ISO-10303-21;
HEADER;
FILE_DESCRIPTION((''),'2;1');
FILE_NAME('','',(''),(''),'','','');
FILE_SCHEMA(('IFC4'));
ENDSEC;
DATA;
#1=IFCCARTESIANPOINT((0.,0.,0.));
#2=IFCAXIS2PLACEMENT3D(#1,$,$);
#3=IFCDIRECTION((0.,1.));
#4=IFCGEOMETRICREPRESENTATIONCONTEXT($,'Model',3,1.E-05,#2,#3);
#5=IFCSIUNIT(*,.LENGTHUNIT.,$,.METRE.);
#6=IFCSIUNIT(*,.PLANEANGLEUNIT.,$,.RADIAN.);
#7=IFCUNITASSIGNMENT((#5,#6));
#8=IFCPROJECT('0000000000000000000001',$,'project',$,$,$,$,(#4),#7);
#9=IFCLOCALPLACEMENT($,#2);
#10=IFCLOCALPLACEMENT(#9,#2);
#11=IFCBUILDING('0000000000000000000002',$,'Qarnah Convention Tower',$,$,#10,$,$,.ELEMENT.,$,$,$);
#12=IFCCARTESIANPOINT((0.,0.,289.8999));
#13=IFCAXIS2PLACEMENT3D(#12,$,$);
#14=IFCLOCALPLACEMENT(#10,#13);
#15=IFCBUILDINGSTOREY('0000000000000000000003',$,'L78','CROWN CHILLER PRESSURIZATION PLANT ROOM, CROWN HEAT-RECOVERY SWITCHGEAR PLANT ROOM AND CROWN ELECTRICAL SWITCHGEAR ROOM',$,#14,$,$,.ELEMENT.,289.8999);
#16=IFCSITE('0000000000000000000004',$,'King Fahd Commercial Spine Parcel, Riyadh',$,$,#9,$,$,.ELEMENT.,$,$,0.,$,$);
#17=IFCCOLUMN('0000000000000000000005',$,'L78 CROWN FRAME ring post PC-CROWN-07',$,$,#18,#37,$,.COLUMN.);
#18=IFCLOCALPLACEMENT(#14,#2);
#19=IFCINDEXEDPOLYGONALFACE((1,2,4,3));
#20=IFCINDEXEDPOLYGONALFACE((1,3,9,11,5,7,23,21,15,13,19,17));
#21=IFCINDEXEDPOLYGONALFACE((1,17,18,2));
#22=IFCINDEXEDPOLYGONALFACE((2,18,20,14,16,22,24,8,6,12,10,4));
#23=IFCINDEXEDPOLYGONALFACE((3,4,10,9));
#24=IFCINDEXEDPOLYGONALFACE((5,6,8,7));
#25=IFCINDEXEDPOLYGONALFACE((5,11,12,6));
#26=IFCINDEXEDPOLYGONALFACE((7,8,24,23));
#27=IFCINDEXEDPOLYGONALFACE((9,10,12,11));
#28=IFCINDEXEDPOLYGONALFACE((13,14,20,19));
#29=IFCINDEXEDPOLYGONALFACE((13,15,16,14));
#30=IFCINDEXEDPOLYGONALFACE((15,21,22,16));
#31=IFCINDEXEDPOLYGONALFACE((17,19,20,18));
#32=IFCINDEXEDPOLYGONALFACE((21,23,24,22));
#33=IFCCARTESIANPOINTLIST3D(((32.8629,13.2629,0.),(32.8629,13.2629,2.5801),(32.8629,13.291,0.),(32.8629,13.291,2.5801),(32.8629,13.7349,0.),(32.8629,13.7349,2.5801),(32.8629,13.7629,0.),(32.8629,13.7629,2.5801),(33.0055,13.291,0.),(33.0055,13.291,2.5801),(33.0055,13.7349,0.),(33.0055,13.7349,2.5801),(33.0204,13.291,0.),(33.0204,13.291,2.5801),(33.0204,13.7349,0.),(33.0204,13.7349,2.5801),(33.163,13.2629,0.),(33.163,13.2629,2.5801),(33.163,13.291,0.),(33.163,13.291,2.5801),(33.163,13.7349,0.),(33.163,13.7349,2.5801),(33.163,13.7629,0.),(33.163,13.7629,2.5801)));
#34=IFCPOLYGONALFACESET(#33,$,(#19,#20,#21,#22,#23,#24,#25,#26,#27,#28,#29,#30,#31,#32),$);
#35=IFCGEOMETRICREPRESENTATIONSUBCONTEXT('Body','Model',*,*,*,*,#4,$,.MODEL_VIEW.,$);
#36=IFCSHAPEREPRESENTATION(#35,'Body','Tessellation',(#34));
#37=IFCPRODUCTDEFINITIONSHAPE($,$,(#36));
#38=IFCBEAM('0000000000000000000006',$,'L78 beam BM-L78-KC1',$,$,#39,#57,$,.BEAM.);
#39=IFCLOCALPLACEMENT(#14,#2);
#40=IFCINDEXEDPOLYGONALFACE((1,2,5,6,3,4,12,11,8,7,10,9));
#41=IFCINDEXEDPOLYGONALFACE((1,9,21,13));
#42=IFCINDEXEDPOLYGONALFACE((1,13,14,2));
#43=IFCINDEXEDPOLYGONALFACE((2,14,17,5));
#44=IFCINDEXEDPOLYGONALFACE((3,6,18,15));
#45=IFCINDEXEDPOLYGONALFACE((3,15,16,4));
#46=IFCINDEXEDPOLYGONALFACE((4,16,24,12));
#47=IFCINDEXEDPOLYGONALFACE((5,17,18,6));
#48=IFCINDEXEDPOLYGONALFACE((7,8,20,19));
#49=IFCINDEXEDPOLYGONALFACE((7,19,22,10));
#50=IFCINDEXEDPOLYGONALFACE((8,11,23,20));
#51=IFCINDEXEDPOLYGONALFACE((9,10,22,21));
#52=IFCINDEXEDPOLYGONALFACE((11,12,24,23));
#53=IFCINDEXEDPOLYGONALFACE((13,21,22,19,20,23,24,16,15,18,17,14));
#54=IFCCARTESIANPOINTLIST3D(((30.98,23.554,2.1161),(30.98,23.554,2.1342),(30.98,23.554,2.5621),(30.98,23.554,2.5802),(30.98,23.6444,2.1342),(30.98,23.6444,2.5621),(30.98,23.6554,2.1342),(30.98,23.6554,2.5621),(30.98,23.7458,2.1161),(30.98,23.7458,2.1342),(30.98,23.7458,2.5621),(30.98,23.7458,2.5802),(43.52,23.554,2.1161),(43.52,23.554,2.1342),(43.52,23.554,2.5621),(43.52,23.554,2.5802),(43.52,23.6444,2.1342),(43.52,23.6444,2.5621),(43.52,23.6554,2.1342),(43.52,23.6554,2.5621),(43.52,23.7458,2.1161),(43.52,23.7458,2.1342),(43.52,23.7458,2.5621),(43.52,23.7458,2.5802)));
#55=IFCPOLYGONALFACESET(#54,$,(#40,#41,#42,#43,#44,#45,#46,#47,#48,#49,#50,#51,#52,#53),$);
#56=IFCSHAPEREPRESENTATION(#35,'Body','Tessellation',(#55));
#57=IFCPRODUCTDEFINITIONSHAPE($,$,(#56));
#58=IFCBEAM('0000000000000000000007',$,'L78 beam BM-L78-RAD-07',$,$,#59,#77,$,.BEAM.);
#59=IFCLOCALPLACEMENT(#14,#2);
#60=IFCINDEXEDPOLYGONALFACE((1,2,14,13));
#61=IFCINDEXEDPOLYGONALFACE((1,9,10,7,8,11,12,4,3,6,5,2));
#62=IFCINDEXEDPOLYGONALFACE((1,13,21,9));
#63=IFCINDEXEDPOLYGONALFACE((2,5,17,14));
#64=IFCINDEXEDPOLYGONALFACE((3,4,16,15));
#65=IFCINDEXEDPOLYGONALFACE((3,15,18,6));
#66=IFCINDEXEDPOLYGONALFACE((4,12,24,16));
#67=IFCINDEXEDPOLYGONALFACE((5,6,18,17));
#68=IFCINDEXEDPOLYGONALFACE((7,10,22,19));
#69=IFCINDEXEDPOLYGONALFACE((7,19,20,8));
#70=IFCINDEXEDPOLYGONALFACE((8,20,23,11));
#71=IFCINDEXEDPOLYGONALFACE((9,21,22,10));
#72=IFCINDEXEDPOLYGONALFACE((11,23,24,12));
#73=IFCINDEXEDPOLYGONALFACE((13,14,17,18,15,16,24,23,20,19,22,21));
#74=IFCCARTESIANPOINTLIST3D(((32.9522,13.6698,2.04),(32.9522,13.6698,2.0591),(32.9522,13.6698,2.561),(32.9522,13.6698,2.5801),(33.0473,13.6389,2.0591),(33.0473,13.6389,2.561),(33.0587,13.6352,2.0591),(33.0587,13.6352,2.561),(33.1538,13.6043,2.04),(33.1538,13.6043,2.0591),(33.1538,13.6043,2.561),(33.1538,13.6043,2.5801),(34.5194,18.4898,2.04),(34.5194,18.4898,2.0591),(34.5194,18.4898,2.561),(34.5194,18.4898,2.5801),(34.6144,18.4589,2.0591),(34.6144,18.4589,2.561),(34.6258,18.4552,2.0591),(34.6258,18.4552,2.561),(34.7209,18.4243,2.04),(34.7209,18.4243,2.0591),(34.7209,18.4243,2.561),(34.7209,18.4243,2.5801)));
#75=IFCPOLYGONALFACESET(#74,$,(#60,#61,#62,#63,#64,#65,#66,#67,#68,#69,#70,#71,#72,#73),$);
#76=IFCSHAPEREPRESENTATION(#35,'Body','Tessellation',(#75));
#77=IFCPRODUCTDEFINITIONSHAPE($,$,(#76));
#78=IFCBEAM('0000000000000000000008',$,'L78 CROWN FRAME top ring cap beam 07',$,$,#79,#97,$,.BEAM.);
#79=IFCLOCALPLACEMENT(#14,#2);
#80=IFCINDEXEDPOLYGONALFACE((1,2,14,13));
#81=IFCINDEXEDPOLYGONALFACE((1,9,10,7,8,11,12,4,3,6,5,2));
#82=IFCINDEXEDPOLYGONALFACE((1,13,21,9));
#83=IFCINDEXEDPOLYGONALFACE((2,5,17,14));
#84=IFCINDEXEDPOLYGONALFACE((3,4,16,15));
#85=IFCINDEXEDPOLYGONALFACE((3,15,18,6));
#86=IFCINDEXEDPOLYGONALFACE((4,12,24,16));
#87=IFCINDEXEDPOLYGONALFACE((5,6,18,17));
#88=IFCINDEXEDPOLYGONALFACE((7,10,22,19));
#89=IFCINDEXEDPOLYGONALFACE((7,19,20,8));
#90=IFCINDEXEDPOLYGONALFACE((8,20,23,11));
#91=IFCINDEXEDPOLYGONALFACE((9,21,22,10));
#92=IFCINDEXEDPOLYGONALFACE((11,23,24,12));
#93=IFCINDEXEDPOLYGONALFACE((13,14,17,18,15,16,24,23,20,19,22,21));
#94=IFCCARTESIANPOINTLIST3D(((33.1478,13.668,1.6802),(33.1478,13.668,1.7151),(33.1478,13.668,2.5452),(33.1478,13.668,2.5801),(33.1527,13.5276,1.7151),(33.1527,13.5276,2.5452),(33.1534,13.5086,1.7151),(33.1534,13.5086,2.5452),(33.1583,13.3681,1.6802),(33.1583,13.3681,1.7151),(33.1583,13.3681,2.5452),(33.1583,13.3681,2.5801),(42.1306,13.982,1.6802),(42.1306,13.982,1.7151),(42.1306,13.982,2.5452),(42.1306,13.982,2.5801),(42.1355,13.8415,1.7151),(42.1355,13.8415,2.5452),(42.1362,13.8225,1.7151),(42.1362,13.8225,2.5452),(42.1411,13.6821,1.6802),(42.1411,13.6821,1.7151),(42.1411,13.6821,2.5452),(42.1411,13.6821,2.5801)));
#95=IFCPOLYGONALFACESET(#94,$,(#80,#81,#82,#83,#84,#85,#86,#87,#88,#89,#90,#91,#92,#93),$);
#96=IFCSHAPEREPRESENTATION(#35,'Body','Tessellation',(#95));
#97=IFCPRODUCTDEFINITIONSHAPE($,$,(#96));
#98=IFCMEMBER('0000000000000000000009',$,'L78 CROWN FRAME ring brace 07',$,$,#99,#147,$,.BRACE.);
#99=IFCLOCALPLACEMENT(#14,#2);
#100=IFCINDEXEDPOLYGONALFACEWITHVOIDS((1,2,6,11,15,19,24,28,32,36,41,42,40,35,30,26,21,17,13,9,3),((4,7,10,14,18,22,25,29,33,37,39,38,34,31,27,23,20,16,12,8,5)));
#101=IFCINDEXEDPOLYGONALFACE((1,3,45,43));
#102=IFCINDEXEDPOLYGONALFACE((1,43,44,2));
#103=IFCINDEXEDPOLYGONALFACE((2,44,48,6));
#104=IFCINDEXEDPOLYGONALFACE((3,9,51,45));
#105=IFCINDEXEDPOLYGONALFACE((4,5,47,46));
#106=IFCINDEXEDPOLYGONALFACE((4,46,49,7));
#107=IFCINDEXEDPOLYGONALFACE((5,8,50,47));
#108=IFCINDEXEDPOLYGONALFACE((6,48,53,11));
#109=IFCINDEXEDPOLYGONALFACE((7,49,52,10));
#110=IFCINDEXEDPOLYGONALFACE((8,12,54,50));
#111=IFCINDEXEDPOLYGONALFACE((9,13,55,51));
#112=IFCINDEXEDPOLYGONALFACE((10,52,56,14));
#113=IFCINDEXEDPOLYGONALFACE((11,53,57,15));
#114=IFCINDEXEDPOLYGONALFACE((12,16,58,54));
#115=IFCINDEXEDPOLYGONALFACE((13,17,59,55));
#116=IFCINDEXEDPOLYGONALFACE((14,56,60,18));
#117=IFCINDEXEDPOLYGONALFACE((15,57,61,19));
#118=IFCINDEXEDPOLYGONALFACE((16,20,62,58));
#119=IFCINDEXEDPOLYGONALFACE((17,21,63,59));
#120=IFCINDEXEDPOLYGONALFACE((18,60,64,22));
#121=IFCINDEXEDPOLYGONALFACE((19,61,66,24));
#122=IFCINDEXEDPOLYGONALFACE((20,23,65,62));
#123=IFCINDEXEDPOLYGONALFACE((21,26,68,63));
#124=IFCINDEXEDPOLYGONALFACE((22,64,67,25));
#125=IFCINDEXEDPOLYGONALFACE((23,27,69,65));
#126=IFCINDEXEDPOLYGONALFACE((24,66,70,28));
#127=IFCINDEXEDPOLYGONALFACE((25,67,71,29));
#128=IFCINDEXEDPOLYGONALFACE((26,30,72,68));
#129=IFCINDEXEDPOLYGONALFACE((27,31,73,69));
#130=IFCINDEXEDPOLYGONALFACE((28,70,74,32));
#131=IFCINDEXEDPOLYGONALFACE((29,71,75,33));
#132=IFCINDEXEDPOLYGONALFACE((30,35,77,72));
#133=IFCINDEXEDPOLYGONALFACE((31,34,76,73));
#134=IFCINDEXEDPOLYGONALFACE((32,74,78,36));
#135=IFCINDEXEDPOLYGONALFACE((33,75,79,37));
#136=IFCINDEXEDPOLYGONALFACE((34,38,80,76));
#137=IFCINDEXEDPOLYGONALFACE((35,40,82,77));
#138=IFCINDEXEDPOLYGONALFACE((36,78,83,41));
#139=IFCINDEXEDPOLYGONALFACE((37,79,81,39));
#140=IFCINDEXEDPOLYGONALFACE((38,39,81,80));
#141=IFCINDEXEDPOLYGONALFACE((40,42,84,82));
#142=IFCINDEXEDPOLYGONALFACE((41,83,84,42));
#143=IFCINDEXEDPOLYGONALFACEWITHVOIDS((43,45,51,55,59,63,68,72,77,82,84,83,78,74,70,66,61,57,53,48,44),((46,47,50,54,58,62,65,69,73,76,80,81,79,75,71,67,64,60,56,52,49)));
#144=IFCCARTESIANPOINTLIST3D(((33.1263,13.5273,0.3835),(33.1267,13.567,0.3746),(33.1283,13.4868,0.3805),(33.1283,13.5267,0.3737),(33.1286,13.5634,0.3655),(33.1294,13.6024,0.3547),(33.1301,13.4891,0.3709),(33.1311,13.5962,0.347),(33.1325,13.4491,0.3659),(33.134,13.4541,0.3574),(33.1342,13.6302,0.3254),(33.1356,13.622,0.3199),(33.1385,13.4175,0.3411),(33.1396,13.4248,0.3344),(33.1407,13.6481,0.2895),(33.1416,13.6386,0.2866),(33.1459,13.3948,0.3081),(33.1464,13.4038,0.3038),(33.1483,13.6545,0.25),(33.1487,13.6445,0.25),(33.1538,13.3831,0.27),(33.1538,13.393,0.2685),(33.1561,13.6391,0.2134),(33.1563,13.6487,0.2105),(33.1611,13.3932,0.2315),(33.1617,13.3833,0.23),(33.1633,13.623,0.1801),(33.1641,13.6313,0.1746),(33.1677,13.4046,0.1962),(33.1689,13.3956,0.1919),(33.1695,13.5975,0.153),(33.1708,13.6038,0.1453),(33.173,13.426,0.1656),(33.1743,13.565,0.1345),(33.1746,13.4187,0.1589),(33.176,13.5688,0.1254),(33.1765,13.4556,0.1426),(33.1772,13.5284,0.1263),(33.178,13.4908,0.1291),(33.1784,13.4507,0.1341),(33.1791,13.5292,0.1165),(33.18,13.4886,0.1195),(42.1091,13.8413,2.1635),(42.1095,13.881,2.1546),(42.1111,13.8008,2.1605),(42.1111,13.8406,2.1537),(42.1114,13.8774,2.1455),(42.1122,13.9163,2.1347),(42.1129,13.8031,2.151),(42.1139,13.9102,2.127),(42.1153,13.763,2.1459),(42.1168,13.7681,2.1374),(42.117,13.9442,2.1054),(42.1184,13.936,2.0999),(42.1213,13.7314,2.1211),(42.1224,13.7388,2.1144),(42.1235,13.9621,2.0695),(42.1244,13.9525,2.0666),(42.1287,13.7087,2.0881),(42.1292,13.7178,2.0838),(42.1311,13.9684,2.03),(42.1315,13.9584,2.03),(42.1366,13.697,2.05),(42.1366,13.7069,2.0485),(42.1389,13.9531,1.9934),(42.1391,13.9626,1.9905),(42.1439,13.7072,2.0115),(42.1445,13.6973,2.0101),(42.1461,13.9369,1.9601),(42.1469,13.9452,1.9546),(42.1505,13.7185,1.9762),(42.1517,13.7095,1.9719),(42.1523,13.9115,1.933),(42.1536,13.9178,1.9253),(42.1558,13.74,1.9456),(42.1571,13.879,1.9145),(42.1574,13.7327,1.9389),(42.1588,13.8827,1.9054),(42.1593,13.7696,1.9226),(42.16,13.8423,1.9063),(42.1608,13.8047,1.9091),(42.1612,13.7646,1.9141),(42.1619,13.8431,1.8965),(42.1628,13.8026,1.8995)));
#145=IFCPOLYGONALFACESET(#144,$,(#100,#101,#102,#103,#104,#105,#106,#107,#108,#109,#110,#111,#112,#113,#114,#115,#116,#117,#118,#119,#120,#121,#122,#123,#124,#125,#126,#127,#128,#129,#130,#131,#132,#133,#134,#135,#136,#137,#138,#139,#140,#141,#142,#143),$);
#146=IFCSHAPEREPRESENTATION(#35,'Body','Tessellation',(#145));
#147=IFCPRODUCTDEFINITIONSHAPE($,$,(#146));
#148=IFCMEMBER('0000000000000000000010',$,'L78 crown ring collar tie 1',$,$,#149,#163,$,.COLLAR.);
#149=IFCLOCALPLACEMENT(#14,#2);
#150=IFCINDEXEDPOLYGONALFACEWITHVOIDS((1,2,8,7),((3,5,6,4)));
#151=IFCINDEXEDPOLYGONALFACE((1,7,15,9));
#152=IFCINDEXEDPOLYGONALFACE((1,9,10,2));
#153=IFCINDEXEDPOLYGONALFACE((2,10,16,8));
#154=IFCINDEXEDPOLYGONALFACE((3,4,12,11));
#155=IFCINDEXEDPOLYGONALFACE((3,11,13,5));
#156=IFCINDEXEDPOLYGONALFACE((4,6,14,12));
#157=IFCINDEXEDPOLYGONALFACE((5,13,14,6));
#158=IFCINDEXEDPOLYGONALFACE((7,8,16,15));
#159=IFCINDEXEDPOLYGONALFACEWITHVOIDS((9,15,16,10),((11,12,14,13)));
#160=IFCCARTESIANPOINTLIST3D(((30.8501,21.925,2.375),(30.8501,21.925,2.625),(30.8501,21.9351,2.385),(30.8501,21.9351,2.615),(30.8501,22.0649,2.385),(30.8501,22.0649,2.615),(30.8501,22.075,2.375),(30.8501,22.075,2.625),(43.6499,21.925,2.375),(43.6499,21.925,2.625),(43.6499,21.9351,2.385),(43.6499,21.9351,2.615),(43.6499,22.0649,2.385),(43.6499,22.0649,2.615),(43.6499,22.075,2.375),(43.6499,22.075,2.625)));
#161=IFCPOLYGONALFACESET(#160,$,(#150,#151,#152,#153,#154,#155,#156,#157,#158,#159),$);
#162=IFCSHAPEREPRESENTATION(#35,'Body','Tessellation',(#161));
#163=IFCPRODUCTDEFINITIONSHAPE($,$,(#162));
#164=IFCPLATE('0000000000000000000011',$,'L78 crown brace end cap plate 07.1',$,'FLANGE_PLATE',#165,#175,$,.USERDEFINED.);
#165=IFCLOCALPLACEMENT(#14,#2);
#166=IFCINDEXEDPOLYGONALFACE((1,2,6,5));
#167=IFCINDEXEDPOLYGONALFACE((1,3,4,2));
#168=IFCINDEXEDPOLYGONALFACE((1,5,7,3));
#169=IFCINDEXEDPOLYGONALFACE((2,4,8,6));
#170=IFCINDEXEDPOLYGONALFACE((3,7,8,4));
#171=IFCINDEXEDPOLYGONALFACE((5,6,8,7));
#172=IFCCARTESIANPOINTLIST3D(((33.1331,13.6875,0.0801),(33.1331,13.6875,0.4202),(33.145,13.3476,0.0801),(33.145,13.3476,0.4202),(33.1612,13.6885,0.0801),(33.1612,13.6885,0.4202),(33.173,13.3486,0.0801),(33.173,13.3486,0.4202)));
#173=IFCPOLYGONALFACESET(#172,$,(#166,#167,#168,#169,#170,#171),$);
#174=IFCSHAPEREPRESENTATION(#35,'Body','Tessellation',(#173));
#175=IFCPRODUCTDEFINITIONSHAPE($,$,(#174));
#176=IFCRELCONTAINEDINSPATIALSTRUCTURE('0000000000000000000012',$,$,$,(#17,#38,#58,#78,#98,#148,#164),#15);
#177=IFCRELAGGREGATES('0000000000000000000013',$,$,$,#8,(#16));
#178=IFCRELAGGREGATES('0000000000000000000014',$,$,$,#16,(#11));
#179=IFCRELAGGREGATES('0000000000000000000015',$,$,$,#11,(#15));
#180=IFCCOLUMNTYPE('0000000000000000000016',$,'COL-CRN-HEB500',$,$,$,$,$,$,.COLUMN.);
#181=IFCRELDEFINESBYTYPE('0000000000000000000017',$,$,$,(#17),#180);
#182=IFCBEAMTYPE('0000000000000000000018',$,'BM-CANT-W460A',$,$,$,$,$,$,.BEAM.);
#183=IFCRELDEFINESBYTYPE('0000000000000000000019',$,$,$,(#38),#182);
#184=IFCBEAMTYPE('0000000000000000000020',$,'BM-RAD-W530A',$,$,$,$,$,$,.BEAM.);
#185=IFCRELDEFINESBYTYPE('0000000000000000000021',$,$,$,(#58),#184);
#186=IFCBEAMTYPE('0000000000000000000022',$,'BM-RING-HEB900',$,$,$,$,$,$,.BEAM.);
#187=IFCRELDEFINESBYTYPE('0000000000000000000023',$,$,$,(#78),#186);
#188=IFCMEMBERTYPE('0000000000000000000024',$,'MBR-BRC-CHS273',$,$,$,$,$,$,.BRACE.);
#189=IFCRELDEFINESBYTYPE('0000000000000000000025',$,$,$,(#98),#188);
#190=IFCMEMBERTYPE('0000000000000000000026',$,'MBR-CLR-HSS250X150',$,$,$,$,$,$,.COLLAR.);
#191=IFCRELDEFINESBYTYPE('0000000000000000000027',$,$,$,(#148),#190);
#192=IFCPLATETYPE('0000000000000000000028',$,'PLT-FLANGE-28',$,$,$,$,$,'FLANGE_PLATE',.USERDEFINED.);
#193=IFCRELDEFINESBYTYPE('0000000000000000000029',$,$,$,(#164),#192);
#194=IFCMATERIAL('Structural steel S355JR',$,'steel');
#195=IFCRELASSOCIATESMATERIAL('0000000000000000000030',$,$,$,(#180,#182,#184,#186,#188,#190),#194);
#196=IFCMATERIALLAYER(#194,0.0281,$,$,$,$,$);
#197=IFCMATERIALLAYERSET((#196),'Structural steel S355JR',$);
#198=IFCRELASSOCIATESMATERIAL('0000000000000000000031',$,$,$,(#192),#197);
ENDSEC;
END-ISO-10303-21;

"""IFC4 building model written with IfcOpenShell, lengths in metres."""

from ifc_helpers import new_model, si_unit, direction, frame, origin, origin_2d, place, context, subcontext, project, spatial, rectangle, hollow_rectangle, hollow_circle, i_section, extrude, material, layer, layer_set, material_profile, profile_set, type_object, element, save


model = new_model("IFC4")

# Units and contexts
model_context = context("Model", 3, precision=1e-05, world=origin(), true_north=direction((0.0, 1.0)))
body_context = subcontext(model_context, "Body", "Model", "MODEL_VIEW")
ifc_project = project(units=[si_unit("LENGTHUNIT", "METRE"), si_unit("PLANEANGLEUNIT", "RADIAN")], contexts=[model_context])

# Site, building, storey
site_placement = place(None, origin())
site = spatial("IfcSite", under=ifc_project, at=site_placement, Name="King Fahd Commercial Spine Parcel, Riyadh", CompositionType="ELEMENT", RefElevation=0.0)
building_placement = place(site_placement, origin())
building = spatial("IfcBuilding", under=site, at=building_placement, Name="Qarnah Convention Tower", CompositionType="ELEMENT")
storey_placement = place(building_placement, frame((0.0, 0.0, 289.8999)))
storey = spatial("IfcBuildingStorey", under=building, at=storey_placement, Name="L78", Description="CROWN CHILLER PRESSURIZATION PLANT ROOM, CROWN HEAT-RECOVERY SWITCHGEAR PLANT ROOM AND CROWN ELECTRICAL SWITCHGEAR ROOM", CompositionType="ELEMENT", Elevation=289.8999)

# Column
ifc_material_1 = material(Name="Structural steel S355JR", Category="steel")
ifc_material_profile_1 = material_profile(ifc_material_1, i_section(OverallWidth=0.3, OverallDepth=0.5, WebThickness=0.0149, FlangeThickness=0.0281, at=origin_2d()), Name="HEB500")
ifc_profile_set_1 = profile_set([ifc_material_profile_1], Name="Structural steel S355JR")
column_type = type_object("IfcColumnType", Name="COL-CRN-HEB500", PredefinedType="COLUMN", material=ifc_profile_set_1)
column_placement = place(storey_placement, frame((33.0129, 13.5129, 0.0), z_axis=(0.0, 0.0, 1.0), x_axis=(1.0, 0.0, 0.0)))
element("IfcColumn", 1, at=column_placement, inside=storey, type_object=column_type, Name="L78 CROWN FRAME ring post PC-CROWN-07", PredefinedType="COLUMN", context=body_context, shape_type="SweptSolid", body=[
    extrude(i_section(OverallWidth=0.3, OverallDepth=0.5, WebThickness=0.0149, FlangeThickness=0.0281, at=origin_2d()), origin(), (0.0, 0.0, 1.0), 2.5801),
])

# Beams
ifc_material_profile_2 = material_profile(ifc_material_1, i_section(OverallWidth=0.1919, OverallDepth=0.4641, WebThickness=0.011, FlangeThickness=0.0181, at=origin_2d()), Name="W460X89")
ifc_profile_set_2 = profile_set([ifc_material_profile_2], Name="Structural steel S355JR")
beam_type_1 = type_object("IfcBeamType", Name="BM-CANT-W460A", PredefinedType="BEAM", material=ifc_profile_set_2)
beam_1_placement = place(storey_placement, frame((30.98, 23.6499, 2.3481), z_axis=(1.0, 0.0, 0.0), x_axis=(0.0, 1.0, 0.0)))
element("IfcBeam", 2, at=beam_1_placement, inside=storey, type_object=beam_type_1, Name="L78 beam BM-L78-KC1", PredefinedType="BEAM", context=body_context, shape_type="SweptSolid", body=[
    extrude(i_section(OverallWidth=0.1919, OverallDepth=0.4641, WebThickness=0.011, FlangeThickness=0.0181, at=origin_2d()), origin(), (0.0, 0.0, 1.0), 12.54),
])
ifc_material_profile_3 = material_profile(ifc_material_1, i_section(OverallWidth=0.2119, OverallDepth=0.54, WebThickness=0.012, FlangeThickness=0.019, at=origin_2d()), Name="W530X109")
ifc_profile_set_3 = profile_set([ifc_material_profile_3], Name="Structural steel S355JR")
beam_type_2 = type_object("IfcBeamType", Name="BM-RAD-W530A", PredefinedType="BEAM", material=ifc_profile_set_3)
beam_2_placement = place(storey_placement, frame((34.6201, 18.457, 2.3101), z_axis=(-0.309196, -0.950998, 0.0), x_axis=(0.950998, -0.309196, 0.0)))
element("IfcBeam", 3, at=beam_2_placement, inside=storey, type_object=beam_type_2, Name="L78 beam BM-L78-RAD-07", PredefinedType="BEAM", context=body_context, shape_type="SweptSolid", body=[
    extrude(i_section(OverallWidth=0.2119, OverallDepth=0.54, WebThickness=0.012, FlangeThickness=0.019, at=origin_2d()), origin(), (0.0, 0.0, 1.0), 5.0684),
])
ifc_material_profile_4 = material_profile(ifc_material_1, i_section(OverallWidth=0.3, OverallDepth=0.8999, WebThickness=0.019, FlangeThickness=0.0349, at=origin_2d()), Name="HEB900")
ifc_profile_set_4 = profile_set([ifc_material_profile_4], Name="Structural steel S355JR")
beam_type_3 = type_object("IfcBeamType", Name="BM-RING-HEB900", PredefinedType="BEAM", material=ifc_profile_set_4)
beam_3_placement = place(storey_placement, frame((33.1531, 13.5181, 2.1301), z_axis=(0.99939, 0.03493, 0.0), x_axis=(-0.03493, 0.99939, 0.0)))
element("IfcBeam", 4, at=beam_3_placement, inside=storey, type_object=beam_type_3, Name="L78 CROWN FRAME top ring cap beam 07", PredefinedType="BEAM", context=body_context, shape_type="SweptSolid", body=[
    extrude(i_section(OverallWidth=0.3, OverallDepth=0.8999, WebThickness=0.019, FlangeThickness=0.0349, at=origin_2d()), origin(), (0.0, 0.0, 1.0), 8.9883),
])

# Members
ifc_material_profile_5 = material_profile(ifc_material_1, hollow_circle(Radius=0.1365, WallThickness=0.01, at=origin_2d()), Name="CHS273X10")
ifc_profile_set_5 = profile_set([ifc_material_profile_5], Name="Structural steel S355JR")
member_type_1 = type_object("IfcMemberType", Name="MBR-BRC-CHS273", PredefinedType="BRACE", material=ifc_profile_set_5)
member_1_placement = place(storey_placement, frame((33.1531, 13.5181, 0.25), z_axis=(0.980351, 0.034265, 0.194264), x_axis=(-0.03493, 0.99939, 0.0)))
element("IfcMember", 5, at=member_1_placement, inside=storey, type_object=member_type_1, Name="L78 CROWN FRAME ring brace 07", PredefinedType="BRACE", context=body_context, shape_type="SweptSolid", body=[
    extrude(hollow_circle(Radius=0.1365, WallThickness=0.01, at=origin_2d()), origin(), (0.0, 0.0, 1.0), 9.1628),
])
ifc_material_profile_6 = material_profile(ifc_material_1, hollow_rectangle(XDim=0.1499, YDim=0.25, WallThickness=0.01, at=origin_2d()), Name="HSS250X150X10")
ifc_profile_set_6 = profile_set([ifc_material_profile_6], Name="Structural steel S355JR")
member_type_2 = type_object("IfcMemberType", Name="MBR-CLR-HSS250X150", PredefinedType="COLLAR", material=ifc_profile_set_6)
member_2_placement = place(storey_placement, frame((30.8501, 22.0, 2.5), z_axis=(1.0, 0.0, 0.0), x_axis=(0.0, 1.0, 0.0)))
element("IfcMember", 6, at=member_2_placement, inside=storey, type_object=member_type_2, Name="L78 crown ring collar tie 1", PredefinedType="COLLAR", context=body_context, shape_type="SweptSolid", body=[
    extrude(hollow_rectangle(XDim=0.1499, YDim=0.25, WallThickness=0.01, at=origin_2d()), origin(), (0.0, 0.0, 1.0), 12.7998),
])

# Plate
ifc_layer_1 = layer(ifc_material_1, 0.0281)
ifc_layer_set_1 = layer_set([ifc_layer_1], Name="Structural steel S355JR")
plate_type = type_object("IfcPlateType", Name="PLT-FLANGE-28", ElementType="FLANGE_PLATE", PredefinedType="USERDEFINED", material=ifc_layer_set_1)
plate_placement = place(storey_placement, frame((33.1531, 13.5181, 0.0801), z_axis=(0.0, 0.0, 1.0), x_axis=(0.99939, 0.034934, 0.0)))
element("IfcPlate", 7, at=plate_placement, inside=storey, type_object=plate_type, Name="L78 crown brace end cap plate 07.1", ObjectType="FLANGE_PLATE", PredefinedType="USERDEFINED", context=body_context, shape_type="SweptSolid", body=[
    extrude(rectangle(XDim=0.0281, YDim=0.3401, at=origin_2d()), origin(), (0.0, 0.0, 1.0), 0.3401),
])

save(model, "model.ifc")
